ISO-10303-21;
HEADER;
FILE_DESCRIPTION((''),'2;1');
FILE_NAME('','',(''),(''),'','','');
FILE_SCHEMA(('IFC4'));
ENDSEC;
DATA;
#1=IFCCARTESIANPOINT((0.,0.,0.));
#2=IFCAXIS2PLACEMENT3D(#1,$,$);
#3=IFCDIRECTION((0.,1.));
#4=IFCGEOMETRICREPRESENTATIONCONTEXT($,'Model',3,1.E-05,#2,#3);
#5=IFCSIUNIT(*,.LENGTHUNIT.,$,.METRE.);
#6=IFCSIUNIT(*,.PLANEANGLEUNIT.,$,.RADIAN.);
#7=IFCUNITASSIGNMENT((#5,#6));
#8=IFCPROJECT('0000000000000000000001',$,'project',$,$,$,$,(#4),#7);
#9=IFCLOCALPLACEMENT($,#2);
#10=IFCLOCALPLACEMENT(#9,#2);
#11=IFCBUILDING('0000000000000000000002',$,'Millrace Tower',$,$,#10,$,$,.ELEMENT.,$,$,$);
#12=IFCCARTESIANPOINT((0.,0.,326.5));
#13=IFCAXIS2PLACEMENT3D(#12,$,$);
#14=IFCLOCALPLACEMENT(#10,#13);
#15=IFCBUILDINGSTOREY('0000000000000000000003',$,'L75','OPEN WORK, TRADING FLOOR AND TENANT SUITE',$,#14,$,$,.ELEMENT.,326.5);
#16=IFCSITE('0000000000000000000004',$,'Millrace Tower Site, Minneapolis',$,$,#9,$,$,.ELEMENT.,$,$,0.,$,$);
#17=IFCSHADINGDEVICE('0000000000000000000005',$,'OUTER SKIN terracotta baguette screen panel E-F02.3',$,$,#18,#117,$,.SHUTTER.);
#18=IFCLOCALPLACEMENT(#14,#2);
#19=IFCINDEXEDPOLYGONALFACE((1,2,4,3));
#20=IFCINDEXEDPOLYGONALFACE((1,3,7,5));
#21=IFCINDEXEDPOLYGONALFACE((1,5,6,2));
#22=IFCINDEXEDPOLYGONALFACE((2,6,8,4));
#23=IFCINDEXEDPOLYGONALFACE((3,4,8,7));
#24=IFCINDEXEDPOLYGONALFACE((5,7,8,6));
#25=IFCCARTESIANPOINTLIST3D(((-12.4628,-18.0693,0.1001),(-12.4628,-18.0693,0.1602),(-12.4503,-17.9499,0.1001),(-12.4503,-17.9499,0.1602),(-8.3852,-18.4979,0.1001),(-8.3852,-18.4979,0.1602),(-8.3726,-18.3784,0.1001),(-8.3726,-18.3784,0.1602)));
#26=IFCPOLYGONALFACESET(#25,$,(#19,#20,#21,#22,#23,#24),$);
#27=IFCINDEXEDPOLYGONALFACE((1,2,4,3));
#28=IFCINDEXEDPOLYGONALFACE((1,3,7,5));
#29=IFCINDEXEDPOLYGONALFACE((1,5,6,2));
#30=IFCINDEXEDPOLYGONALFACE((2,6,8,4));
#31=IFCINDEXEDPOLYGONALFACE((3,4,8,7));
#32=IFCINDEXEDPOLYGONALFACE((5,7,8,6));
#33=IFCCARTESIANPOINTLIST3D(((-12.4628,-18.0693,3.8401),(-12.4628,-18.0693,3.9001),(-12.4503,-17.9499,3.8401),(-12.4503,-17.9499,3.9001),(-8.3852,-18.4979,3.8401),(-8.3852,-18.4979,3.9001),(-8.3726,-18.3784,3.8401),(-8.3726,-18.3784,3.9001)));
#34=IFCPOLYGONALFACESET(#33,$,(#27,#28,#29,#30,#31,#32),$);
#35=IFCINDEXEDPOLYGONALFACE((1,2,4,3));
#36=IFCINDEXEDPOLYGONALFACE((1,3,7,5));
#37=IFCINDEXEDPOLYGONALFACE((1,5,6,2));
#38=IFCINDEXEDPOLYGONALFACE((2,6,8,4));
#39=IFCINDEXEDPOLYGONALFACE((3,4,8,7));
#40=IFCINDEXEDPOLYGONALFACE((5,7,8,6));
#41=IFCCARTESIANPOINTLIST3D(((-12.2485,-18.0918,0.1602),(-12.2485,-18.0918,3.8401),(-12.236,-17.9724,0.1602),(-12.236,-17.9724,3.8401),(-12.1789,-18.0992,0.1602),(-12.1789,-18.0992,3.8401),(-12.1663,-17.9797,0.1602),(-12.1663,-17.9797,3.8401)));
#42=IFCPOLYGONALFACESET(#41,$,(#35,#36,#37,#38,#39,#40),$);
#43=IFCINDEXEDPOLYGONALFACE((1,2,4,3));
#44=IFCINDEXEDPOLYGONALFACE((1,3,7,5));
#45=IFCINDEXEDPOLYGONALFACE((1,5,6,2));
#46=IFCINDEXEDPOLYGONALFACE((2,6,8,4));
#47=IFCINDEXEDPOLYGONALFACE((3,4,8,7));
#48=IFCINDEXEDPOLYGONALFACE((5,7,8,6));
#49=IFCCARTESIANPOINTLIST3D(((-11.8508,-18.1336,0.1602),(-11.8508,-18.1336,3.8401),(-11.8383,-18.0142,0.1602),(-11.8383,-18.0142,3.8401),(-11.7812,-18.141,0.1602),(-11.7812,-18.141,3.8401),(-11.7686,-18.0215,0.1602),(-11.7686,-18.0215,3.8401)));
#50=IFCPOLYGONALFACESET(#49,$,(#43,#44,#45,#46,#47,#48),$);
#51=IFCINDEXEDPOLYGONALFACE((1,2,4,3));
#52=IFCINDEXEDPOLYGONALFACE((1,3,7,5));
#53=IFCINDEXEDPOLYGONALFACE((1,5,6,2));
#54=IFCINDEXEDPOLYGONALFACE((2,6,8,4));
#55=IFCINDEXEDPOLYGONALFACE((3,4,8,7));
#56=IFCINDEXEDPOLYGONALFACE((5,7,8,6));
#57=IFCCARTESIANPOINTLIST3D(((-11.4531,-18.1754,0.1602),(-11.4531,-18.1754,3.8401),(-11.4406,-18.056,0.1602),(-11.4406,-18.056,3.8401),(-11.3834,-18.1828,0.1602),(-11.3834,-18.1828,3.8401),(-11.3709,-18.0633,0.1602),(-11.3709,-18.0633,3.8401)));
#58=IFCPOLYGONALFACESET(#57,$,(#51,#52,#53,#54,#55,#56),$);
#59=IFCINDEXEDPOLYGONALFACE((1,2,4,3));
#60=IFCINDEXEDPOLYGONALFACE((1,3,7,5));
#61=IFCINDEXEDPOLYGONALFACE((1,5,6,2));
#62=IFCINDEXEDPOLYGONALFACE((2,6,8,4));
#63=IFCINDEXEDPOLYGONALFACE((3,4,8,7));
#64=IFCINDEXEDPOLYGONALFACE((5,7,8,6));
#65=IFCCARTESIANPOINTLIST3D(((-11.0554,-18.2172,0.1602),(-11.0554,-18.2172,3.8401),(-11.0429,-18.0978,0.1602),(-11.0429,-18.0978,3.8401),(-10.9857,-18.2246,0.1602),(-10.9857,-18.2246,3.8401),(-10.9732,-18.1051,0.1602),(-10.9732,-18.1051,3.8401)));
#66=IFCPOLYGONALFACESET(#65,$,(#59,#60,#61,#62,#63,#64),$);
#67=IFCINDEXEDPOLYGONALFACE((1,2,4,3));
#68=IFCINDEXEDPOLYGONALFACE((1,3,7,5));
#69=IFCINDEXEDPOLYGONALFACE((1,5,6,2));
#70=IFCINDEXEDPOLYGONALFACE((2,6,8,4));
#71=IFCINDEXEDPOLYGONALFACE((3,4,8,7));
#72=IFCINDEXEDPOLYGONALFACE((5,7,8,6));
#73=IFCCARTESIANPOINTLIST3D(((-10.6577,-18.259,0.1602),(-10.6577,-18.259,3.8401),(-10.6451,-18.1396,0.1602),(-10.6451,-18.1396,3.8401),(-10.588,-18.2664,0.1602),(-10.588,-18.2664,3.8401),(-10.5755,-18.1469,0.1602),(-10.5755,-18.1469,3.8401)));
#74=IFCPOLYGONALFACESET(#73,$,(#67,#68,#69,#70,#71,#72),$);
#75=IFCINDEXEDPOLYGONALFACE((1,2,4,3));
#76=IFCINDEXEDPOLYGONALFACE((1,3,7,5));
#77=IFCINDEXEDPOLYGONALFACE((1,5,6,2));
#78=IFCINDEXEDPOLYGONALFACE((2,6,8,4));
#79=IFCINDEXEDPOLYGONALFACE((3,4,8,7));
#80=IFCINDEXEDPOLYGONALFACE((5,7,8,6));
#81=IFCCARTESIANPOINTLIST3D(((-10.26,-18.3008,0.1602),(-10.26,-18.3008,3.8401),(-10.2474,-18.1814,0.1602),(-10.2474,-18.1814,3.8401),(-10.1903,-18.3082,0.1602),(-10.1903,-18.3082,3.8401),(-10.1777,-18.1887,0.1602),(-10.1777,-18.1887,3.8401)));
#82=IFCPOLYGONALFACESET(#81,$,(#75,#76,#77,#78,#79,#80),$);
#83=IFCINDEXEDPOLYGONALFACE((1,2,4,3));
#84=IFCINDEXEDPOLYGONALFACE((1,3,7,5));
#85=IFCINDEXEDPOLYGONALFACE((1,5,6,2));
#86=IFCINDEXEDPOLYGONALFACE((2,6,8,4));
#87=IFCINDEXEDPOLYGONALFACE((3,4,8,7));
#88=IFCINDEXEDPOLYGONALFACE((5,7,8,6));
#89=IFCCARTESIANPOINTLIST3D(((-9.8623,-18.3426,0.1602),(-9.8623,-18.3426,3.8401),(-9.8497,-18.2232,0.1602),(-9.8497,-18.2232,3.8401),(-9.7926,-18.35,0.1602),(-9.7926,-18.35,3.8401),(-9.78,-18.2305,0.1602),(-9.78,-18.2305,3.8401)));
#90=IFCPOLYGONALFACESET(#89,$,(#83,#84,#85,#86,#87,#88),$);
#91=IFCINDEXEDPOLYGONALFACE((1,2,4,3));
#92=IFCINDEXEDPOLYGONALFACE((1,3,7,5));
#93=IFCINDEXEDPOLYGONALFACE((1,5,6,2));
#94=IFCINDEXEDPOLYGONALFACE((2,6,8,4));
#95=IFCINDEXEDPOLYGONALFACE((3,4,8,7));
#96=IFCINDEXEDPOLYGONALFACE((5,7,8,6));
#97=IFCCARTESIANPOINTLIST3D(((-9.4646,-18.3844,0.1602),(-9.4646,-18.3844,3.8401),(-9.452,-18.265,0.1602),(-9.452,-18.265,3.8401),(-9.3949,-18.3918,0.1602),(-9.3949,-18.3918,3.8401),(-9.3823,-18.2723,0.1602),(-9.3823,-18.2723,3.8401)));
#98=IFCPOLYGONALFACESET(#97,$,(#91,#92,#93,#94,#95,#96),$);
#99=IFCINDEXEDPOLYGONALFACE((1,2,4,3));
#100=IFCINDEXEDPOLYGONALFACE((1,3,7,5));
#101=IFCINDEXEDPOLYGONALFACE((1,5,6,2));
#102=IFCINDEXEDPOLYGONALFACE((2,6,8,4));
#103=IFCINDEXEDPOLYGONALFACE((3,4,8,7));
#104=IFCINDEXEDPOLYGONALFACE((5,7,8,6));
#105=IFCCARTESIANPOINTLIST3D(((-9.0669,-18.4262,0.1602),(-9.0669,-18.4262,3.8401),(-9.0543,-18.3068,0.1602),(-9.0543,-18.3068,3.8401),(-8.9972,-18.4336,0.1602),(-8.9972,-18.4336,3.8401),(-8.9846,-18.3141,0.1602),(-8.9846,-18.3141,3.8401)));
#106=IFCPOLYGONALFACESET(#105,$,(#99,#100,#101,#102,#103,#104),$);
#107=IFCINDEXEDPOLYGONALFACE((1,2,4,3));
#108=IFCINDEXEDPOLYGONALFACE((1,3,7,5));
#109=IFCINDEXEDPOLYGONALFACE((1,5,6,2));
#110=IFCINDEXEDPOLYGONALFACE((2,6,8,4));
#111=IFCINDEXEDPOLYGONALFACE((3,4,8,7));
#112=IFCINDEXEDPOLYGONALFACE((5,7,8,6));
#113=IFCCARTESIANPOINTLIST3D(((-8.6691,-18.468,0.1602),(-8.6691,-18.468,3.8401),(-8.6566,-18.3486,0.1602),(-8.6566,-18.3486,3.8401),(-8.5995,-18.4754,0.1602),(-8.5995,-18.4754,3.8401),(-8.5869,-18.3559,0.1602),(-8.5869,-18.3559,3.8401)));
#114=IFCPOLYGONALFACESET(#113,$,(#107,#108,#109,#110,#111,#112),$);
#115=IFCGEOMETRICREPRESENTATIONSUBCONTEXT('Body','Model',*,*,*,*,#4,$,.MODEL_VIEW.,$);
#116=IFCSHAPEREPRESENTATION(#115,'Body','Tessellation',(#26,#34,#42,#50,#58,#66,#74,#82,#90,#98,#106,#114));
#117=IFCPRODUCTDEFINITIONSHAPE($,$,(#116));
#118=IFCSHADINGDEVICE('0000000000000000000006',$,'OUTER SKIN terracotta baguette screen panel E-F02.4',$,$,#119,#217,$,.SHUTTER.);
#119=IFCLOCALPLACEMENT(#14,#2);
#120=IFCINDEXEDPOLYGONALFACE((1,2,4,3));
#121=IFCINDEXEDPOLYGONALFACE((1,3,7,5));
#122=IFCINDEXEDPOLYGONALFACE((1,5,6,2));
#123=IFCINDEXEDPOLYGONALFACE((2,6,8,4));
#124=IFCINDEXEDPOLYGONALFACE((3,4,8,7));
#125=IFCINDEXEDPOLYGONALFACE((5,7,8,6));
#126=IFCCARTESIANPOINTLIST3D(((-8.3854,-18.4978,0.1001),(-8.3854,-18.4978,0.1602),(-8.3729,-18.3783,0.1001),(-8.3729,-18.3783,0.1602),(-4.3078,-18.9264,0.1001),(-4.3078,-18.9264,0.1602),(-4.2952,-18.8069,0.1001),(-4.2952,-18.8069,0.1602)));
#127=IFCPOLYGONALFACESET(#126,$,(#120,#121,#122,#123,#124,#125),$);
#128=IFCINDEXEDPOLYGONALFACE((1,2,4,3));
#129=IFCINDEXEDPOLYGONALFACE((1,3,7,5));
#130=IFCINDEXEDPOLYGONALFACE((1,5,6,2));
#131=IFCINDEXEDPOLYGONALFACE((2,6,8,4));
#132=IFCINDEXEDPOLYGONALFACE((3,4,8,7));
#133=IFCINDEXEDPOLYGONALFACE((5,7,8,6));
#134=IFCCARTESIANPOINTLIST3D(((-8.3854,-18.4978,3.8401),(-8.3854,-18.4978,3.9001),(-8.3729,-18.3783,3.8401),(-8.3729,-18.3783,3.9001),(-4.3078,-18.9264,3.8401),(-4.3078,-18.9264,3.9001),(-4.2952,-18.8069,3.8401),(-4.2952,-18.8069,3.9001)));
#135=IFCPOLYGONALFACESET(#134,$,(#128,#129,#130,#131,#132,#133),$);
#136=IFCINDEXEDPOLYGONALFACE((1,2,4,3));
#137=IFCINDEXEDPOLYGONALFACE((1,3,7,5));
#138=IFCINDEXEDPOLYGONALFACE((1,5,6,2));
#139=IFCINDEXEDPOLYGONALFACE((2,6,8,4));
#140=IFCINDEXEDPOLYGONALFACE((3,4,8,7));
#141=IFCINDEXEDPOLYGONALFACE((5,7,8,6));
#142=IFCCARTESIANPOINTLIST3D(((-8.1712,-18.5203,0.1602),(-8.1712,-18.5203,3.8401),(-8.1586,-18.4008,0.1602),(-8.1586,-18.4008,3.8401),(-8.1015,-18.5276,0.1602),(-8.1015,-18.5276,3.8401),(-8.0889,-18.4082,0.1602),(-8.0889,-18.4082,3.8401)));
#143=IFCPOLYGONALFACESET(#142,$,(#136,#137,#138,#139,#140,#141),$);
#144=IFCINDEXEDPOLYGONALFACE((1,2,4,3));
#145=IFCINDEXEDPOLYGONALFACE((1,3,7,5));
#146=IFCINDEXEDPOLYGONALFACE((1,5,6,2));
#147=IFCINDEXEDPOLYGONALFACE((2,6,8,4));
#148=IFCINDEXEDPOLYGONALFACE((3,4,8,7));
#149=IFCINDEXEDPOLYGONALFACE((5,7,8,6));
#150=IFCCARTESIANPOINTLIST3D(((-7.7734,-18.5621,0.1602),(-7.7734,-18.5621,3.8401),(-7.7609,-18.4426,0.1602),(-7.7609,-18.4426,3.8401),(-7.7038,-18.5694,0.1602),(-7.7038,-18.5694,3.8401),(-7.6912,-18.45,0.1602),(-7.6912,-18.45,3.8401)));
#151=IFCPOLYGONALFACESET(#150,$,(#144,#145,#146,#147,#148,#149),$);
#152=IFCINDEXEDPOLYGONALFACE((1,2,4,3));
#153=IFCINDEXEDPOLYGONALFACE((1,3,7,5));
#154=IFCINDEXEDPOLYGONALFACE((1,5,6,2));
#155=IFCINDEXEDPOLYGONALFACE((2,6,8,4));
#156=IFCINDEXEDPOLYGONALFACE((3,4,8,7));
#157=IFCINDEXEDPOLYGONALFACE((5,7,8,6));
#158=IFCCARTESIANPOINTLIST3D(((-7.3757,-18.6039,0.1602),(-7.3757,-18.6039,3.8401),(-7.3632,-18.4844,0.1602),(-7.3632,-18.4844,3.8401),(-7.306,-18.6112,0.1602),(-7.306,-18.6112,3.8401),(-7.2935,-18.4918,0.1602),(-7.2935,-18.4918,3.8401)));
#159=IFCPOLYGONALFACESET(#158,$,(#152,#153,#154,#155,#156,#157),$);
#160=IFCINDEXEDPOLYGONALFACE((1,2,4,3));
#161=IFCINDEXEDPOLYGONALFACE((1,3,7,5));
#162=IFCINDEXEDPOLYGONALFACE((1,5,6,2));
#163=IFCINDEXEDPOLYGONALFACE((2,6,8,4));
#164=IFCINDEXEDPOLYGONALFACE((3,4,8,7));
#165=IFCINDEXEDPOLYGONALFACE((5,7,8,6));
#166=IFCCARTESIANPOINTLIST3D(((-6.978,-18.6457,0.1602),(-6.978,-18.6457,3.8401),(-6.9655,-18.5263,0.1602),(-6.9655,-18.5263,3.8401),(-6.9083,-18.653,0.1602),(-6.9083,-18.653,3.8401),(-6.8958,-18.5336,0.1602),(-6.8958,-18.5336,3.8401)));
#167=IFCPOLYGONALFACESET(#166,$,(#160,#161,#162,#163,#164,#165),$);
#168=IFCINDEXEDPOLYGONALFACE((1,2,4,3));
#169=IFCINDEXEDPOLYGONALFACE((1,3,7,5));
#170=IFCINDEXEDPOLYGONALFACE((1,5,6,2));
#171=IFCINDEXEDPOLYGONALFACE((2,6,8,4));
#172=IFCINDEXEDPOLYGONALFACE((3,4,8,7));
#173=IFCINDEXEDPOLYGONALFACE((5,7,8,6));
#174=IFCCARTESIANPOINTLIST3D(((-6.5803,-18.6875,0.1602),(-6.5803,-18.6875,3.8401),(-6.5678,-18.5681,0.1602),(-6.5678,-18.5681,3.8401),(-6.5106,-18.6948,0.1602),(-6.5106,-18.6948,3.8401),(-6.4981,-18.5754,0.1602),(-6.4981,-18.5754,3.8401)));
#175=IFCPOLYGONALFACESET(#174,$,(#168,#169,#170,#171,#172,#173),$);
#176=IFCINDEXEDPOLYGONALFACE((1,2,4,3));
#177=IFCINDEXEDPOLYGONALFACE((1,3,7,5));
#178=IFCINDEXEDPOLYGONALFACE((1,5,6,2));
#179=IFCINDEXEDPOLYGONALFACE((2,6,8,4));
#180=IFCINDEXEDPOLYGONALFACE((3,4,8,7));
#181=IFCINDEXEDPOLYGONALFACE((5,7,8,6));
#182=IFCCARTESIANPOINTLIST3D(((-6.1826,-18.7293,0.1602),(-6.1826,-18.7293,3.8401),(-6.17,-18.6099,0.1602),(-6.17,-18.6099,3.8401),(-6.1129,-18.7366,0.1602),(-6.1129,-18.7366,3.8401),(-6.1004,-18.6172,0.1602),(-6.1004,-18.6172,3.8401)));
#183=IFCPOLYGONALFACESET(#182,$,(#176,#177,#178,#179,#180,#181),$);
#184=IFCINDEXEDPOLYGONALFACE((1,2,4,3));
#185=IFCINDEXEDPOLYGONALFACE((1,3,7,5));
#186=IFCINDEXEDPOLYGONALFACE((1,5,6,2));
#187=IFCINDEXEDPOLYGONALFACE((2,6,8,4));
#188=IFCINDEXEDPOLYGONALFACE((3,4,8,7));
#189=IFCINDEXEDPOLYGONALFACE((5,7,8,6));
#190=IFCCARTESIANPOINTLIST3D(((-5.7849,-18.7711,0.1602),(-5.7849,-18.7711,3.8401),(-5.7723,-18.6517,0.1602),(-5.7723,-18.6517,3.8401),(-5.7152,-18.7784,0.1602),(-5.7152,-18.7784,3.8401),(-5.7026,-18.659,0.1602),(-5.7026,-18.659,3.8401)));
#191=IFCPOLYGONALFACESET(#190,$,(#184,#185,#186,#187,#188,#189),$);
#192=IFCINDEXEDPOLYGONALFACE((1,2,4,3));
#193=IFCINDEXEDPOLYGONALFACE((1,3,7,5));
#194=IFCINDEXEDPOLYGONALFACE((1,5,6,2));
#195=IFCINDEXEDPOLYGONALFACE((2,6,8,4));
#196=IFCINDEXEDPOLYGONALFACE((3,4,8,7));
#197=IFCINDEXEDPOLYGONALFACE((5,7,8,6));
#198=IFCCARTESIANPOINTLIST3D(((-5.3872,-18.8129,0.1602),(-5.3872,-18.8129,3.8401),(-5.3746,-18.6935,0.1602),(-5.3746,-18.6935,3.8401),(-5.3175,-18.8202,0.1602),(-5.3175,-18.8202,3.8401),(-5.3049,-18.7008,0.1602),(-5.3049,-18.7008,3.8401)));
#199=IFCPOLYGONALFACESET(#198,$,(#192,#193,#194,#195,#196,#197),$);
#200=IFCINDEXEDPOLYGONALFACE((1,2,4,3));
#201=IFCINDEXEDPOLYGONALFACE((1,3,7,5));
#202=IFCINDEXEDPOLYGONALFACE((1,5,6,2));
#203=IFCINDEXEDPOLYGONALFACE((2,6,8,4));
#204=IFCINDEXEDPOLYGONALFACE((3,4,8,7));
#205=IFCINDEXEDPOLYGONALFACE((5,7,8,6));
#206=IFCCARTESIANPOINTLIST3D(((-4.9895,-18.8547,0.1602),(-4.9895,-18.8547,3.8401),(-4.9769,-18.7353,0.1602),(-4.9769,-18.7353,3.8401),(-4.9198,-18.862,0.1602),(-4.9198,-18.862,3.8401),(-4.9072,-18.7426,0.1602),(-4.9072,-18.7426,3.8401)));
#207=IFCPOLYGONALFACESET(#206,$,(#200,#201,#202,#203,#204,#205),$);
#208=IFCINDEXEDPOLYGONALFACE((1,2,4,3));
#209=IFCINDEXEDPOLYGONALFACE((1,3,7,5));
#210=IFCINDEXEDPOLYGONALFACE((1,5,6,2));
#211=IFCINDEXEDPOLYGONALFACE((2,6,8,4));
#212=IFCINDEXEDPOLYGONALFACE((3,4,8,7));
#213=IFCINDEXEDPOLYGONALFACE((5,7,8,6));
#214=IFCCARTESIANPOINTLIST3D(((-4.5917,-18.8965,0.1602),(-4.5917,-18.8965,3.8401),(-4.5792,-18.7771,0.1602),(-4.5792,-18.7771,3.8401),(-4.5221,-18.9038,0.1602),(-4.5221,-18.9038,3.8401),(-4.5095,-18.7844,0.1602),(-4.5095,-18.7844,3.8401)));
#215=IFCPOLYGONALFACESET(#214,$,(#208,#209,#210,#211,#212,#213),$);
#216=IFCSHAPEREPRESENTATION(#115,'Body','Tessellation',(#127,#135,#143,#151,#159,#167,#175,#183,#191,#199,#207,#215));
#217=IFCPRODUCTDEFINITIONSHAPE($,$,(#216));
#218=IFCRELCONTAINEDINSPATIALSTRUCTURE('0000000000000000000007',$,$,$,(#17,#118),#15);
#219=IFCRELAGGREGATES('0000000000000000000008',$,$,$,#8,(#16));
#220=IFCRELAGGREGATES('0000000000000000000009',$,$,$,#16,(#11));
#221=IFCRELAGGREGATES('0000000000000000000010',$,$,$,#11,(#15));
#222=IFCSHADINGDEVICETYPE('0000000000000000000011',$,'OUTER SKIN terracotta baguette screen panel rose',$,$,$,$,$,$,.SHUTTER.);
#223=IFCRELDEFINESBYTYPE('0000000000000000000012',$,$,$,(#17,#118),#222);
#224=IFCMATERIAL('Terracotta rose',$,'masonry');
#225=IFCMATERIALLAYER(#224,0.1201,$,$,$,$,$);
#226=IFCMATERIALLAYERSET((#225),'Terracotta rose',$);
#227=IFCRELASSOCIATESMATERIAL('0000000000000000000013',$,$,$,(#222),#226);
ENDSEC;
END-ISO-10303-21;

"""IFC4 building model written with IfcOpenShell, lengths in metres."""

from ifc_helpers import new_model, entity, si_unit, direction, frame, frame_2d, origin, place, context, subcontext, project, spatial, rectangle, extrude, source, transform, mapped, material, layer, layer_set, type_object, element, save


model = new_model("IFC4")

# Units and contexts
model_context = context("Model", 3, precision=1e-05, world=origin(), true_north=direction((0.0, 1.0)))
body_context = subcontext(model_context, "Body", "Model", "MODEL_VIEW")
ifc_project = project(units=[si_unit("LENGTHUNIT", "METRE"), si_unit("PLANEANGLEUNIT", "RADIAN")], contexts=[model_context])

# Site, building, storey
site_placement = place(None, origin())
site = spatial("IfcSite", under=ifc_project, at=site_placement, Name="Millrace Tower Site, Minneapolis", CompositionType="ELEMENT", RefElevation=0.0)
building_placement = place(site_placement, origin())
building = spatial("IfcBuilding", under=site, at=building_placement, Name="Millrace Tower", CompositionType="ELEMENT")
storey_placement = place(building_placement, frame((0.0, 0.0, 326.5)))
storey = spatial("IfcBuildingStorey", under=building, at=storey_placement, Name="L75", Description="OPEN WORK, TRADING FLOOR AND TENANT SUITE", CompositionType="ELEMENT", Elevation=326.5)

# Shading devices
ifc_material_1 = material(Name="Terracotta rose", Category="masonry")
ifc_layer_1 = layer(ifc_material_1, 0.1201)
ifc_layer_set_1 = layer_set([ifc_layer_1], Name="Terracotta rose")
shading_device_type = type_object("IfcShadingDeviceType", Name="OUTER SKIN terracotta baguette screen panel rose", PredefinedType="SHUTTER", material=ifc_layer_set_1)
cartesian_point = entity("IfcCartesianPoint", [-2.05, 0.0601])
shared_polyline = entity("IfcPolyline", [cartesian_point, entity("IfcCartesianPoint", [2.05, 0.0601]), entity("IfcCartesianPoint", [2.05, -0.0601]), entity("IfcCartesianPoint", [-2.05, -0.0601]), cartesian_point])
shared_shape = source(origin(), body_context, "Body", "SweptSolid", [
    entity("IfcExtrudedAreaSolid", entity("IfcArbitraryClosedProfileDef", "AREA", None, shared_polyline), entity("IfcAxis2Placement3D", entity("IfcCartesianPoint", [0.0, 0.0, 0.0])), entity("IfcDirection", [0.0, 0.0, 1.0]), 0.0601),
    entity("IfcExtrudedAreaSolid", entity("IfcArbitraryClosedProfileDef", "AREA", None, shared_polyline), entity("IfcAxis2Placement3D", entity("IfcCartesianPoint", [0.0, 0.0, 3.74])), entity("IfcDirection", [0.0, 0.0, 1.0]), 0.0601),
    extrude(rectangle(XDim=0.0701, YDim=0.1201, at=frame_2d((-1.7996, 0.0))), frame((0.0, 0.0, 0.0601)), (0.0, 0.0, 1.0), 3.6799),
    extrude(rectangle(XDim=0.0701, YDim=0.1201, at=frame_2d((-1.3997, 0.0))), frame((0.0, 0.0, 0.0601)), (0.0, 0.0, 1.0), 3.6799),
    extrude(rectangle(XDim=0.0701, YDim=0.1201, at=frame_2d((-0.9998, 0.0))), frame((0.0, 0.0, 0.0601)), (0.0, 0.0, 1.0), 3.6799),
    extrude(rectangle(XDim=0.0701, YDim=0.1201, at=frame_2d((-0.5999, 0.0))), frame((0.0, 0.0, 0.0601)), (0.0, 0.0, 1.0), 3.6799),
    extrude(rectangle(XDim=0.0701, YDim=0.1201, at=frame_2d((-0.2, 0.0))), frame((0.0, 0.0, 0.0601)), (0.0, 0.0, 1.0), 3.6799),
    extrude(rectangle(XDim=0.0701, YDim=0.1201, at=frame_2d((0.2, 0.0))), frame((0.0, 0.0, 0.0601)), (0.0, 0.0, 1.0), 3.6799),
    extrude(rectangle(XDim=0.0701, YDim=0.1201, at=frame_2d((0.5999, 0.0))), frame((0.0, 0.0, 0.0601)), (0.0, 0.0, 1.0), 3.6799),
    extrude(rectangle(XDim=0.0701, YDim=0.1201, at=frame_2d((0.9998, 0.0))), frame((0.0, 0.0, 0.0601)), (0.0, 0.0, 1.0), 3.6799),
    extrude(rectangle(XDim=0.0701, YDim=0.1201, at=frame_2d((1.3997, 0.0))), frame((0.0, 0.0, 0.0601)), (0.0, 0.0, 1.0), 3.6799),
    extrude(rectangle(XDim=0.0701, YDim=0.1201, at=frame_2d((1.7996, 0.0))), frame((0.0, 0.0, 0.0601)), (0.0, 0.0, 1.0), 3.6799),
])
for number, where, z_axis, x_axis, name in (
    (1, (-10.4177, -18.2239, 0.1001), (0.0, 0.0, 1.0), (0.994522, -0.104528, 0.0), "OUTER SKIN terracotta baguette screen panel E-F02.3"),
    (2, (-6.3403, -18.6523, 0.1001), (0.0, 0.0, 1.0), (0.994522, -0.104528, 0.0), "OUTER SKIN terracotta baguette screen panel E-F02.4"),
):
    element("IfcShadingDevice", number, at=place(storey_placement, frame(where, z_axis=z_axis, x_axis=x_axis)), inside=storey, type_object=shading_device_type, Name=name, PredefinedType="SHUTTER", context=body_context, shape_type="MappedRepresentation", body=[
        mapped(shared_shape, transform((0.0, 0.0, 0.0), scale=1.0)),
    ])

save(model, "model.ifc")
